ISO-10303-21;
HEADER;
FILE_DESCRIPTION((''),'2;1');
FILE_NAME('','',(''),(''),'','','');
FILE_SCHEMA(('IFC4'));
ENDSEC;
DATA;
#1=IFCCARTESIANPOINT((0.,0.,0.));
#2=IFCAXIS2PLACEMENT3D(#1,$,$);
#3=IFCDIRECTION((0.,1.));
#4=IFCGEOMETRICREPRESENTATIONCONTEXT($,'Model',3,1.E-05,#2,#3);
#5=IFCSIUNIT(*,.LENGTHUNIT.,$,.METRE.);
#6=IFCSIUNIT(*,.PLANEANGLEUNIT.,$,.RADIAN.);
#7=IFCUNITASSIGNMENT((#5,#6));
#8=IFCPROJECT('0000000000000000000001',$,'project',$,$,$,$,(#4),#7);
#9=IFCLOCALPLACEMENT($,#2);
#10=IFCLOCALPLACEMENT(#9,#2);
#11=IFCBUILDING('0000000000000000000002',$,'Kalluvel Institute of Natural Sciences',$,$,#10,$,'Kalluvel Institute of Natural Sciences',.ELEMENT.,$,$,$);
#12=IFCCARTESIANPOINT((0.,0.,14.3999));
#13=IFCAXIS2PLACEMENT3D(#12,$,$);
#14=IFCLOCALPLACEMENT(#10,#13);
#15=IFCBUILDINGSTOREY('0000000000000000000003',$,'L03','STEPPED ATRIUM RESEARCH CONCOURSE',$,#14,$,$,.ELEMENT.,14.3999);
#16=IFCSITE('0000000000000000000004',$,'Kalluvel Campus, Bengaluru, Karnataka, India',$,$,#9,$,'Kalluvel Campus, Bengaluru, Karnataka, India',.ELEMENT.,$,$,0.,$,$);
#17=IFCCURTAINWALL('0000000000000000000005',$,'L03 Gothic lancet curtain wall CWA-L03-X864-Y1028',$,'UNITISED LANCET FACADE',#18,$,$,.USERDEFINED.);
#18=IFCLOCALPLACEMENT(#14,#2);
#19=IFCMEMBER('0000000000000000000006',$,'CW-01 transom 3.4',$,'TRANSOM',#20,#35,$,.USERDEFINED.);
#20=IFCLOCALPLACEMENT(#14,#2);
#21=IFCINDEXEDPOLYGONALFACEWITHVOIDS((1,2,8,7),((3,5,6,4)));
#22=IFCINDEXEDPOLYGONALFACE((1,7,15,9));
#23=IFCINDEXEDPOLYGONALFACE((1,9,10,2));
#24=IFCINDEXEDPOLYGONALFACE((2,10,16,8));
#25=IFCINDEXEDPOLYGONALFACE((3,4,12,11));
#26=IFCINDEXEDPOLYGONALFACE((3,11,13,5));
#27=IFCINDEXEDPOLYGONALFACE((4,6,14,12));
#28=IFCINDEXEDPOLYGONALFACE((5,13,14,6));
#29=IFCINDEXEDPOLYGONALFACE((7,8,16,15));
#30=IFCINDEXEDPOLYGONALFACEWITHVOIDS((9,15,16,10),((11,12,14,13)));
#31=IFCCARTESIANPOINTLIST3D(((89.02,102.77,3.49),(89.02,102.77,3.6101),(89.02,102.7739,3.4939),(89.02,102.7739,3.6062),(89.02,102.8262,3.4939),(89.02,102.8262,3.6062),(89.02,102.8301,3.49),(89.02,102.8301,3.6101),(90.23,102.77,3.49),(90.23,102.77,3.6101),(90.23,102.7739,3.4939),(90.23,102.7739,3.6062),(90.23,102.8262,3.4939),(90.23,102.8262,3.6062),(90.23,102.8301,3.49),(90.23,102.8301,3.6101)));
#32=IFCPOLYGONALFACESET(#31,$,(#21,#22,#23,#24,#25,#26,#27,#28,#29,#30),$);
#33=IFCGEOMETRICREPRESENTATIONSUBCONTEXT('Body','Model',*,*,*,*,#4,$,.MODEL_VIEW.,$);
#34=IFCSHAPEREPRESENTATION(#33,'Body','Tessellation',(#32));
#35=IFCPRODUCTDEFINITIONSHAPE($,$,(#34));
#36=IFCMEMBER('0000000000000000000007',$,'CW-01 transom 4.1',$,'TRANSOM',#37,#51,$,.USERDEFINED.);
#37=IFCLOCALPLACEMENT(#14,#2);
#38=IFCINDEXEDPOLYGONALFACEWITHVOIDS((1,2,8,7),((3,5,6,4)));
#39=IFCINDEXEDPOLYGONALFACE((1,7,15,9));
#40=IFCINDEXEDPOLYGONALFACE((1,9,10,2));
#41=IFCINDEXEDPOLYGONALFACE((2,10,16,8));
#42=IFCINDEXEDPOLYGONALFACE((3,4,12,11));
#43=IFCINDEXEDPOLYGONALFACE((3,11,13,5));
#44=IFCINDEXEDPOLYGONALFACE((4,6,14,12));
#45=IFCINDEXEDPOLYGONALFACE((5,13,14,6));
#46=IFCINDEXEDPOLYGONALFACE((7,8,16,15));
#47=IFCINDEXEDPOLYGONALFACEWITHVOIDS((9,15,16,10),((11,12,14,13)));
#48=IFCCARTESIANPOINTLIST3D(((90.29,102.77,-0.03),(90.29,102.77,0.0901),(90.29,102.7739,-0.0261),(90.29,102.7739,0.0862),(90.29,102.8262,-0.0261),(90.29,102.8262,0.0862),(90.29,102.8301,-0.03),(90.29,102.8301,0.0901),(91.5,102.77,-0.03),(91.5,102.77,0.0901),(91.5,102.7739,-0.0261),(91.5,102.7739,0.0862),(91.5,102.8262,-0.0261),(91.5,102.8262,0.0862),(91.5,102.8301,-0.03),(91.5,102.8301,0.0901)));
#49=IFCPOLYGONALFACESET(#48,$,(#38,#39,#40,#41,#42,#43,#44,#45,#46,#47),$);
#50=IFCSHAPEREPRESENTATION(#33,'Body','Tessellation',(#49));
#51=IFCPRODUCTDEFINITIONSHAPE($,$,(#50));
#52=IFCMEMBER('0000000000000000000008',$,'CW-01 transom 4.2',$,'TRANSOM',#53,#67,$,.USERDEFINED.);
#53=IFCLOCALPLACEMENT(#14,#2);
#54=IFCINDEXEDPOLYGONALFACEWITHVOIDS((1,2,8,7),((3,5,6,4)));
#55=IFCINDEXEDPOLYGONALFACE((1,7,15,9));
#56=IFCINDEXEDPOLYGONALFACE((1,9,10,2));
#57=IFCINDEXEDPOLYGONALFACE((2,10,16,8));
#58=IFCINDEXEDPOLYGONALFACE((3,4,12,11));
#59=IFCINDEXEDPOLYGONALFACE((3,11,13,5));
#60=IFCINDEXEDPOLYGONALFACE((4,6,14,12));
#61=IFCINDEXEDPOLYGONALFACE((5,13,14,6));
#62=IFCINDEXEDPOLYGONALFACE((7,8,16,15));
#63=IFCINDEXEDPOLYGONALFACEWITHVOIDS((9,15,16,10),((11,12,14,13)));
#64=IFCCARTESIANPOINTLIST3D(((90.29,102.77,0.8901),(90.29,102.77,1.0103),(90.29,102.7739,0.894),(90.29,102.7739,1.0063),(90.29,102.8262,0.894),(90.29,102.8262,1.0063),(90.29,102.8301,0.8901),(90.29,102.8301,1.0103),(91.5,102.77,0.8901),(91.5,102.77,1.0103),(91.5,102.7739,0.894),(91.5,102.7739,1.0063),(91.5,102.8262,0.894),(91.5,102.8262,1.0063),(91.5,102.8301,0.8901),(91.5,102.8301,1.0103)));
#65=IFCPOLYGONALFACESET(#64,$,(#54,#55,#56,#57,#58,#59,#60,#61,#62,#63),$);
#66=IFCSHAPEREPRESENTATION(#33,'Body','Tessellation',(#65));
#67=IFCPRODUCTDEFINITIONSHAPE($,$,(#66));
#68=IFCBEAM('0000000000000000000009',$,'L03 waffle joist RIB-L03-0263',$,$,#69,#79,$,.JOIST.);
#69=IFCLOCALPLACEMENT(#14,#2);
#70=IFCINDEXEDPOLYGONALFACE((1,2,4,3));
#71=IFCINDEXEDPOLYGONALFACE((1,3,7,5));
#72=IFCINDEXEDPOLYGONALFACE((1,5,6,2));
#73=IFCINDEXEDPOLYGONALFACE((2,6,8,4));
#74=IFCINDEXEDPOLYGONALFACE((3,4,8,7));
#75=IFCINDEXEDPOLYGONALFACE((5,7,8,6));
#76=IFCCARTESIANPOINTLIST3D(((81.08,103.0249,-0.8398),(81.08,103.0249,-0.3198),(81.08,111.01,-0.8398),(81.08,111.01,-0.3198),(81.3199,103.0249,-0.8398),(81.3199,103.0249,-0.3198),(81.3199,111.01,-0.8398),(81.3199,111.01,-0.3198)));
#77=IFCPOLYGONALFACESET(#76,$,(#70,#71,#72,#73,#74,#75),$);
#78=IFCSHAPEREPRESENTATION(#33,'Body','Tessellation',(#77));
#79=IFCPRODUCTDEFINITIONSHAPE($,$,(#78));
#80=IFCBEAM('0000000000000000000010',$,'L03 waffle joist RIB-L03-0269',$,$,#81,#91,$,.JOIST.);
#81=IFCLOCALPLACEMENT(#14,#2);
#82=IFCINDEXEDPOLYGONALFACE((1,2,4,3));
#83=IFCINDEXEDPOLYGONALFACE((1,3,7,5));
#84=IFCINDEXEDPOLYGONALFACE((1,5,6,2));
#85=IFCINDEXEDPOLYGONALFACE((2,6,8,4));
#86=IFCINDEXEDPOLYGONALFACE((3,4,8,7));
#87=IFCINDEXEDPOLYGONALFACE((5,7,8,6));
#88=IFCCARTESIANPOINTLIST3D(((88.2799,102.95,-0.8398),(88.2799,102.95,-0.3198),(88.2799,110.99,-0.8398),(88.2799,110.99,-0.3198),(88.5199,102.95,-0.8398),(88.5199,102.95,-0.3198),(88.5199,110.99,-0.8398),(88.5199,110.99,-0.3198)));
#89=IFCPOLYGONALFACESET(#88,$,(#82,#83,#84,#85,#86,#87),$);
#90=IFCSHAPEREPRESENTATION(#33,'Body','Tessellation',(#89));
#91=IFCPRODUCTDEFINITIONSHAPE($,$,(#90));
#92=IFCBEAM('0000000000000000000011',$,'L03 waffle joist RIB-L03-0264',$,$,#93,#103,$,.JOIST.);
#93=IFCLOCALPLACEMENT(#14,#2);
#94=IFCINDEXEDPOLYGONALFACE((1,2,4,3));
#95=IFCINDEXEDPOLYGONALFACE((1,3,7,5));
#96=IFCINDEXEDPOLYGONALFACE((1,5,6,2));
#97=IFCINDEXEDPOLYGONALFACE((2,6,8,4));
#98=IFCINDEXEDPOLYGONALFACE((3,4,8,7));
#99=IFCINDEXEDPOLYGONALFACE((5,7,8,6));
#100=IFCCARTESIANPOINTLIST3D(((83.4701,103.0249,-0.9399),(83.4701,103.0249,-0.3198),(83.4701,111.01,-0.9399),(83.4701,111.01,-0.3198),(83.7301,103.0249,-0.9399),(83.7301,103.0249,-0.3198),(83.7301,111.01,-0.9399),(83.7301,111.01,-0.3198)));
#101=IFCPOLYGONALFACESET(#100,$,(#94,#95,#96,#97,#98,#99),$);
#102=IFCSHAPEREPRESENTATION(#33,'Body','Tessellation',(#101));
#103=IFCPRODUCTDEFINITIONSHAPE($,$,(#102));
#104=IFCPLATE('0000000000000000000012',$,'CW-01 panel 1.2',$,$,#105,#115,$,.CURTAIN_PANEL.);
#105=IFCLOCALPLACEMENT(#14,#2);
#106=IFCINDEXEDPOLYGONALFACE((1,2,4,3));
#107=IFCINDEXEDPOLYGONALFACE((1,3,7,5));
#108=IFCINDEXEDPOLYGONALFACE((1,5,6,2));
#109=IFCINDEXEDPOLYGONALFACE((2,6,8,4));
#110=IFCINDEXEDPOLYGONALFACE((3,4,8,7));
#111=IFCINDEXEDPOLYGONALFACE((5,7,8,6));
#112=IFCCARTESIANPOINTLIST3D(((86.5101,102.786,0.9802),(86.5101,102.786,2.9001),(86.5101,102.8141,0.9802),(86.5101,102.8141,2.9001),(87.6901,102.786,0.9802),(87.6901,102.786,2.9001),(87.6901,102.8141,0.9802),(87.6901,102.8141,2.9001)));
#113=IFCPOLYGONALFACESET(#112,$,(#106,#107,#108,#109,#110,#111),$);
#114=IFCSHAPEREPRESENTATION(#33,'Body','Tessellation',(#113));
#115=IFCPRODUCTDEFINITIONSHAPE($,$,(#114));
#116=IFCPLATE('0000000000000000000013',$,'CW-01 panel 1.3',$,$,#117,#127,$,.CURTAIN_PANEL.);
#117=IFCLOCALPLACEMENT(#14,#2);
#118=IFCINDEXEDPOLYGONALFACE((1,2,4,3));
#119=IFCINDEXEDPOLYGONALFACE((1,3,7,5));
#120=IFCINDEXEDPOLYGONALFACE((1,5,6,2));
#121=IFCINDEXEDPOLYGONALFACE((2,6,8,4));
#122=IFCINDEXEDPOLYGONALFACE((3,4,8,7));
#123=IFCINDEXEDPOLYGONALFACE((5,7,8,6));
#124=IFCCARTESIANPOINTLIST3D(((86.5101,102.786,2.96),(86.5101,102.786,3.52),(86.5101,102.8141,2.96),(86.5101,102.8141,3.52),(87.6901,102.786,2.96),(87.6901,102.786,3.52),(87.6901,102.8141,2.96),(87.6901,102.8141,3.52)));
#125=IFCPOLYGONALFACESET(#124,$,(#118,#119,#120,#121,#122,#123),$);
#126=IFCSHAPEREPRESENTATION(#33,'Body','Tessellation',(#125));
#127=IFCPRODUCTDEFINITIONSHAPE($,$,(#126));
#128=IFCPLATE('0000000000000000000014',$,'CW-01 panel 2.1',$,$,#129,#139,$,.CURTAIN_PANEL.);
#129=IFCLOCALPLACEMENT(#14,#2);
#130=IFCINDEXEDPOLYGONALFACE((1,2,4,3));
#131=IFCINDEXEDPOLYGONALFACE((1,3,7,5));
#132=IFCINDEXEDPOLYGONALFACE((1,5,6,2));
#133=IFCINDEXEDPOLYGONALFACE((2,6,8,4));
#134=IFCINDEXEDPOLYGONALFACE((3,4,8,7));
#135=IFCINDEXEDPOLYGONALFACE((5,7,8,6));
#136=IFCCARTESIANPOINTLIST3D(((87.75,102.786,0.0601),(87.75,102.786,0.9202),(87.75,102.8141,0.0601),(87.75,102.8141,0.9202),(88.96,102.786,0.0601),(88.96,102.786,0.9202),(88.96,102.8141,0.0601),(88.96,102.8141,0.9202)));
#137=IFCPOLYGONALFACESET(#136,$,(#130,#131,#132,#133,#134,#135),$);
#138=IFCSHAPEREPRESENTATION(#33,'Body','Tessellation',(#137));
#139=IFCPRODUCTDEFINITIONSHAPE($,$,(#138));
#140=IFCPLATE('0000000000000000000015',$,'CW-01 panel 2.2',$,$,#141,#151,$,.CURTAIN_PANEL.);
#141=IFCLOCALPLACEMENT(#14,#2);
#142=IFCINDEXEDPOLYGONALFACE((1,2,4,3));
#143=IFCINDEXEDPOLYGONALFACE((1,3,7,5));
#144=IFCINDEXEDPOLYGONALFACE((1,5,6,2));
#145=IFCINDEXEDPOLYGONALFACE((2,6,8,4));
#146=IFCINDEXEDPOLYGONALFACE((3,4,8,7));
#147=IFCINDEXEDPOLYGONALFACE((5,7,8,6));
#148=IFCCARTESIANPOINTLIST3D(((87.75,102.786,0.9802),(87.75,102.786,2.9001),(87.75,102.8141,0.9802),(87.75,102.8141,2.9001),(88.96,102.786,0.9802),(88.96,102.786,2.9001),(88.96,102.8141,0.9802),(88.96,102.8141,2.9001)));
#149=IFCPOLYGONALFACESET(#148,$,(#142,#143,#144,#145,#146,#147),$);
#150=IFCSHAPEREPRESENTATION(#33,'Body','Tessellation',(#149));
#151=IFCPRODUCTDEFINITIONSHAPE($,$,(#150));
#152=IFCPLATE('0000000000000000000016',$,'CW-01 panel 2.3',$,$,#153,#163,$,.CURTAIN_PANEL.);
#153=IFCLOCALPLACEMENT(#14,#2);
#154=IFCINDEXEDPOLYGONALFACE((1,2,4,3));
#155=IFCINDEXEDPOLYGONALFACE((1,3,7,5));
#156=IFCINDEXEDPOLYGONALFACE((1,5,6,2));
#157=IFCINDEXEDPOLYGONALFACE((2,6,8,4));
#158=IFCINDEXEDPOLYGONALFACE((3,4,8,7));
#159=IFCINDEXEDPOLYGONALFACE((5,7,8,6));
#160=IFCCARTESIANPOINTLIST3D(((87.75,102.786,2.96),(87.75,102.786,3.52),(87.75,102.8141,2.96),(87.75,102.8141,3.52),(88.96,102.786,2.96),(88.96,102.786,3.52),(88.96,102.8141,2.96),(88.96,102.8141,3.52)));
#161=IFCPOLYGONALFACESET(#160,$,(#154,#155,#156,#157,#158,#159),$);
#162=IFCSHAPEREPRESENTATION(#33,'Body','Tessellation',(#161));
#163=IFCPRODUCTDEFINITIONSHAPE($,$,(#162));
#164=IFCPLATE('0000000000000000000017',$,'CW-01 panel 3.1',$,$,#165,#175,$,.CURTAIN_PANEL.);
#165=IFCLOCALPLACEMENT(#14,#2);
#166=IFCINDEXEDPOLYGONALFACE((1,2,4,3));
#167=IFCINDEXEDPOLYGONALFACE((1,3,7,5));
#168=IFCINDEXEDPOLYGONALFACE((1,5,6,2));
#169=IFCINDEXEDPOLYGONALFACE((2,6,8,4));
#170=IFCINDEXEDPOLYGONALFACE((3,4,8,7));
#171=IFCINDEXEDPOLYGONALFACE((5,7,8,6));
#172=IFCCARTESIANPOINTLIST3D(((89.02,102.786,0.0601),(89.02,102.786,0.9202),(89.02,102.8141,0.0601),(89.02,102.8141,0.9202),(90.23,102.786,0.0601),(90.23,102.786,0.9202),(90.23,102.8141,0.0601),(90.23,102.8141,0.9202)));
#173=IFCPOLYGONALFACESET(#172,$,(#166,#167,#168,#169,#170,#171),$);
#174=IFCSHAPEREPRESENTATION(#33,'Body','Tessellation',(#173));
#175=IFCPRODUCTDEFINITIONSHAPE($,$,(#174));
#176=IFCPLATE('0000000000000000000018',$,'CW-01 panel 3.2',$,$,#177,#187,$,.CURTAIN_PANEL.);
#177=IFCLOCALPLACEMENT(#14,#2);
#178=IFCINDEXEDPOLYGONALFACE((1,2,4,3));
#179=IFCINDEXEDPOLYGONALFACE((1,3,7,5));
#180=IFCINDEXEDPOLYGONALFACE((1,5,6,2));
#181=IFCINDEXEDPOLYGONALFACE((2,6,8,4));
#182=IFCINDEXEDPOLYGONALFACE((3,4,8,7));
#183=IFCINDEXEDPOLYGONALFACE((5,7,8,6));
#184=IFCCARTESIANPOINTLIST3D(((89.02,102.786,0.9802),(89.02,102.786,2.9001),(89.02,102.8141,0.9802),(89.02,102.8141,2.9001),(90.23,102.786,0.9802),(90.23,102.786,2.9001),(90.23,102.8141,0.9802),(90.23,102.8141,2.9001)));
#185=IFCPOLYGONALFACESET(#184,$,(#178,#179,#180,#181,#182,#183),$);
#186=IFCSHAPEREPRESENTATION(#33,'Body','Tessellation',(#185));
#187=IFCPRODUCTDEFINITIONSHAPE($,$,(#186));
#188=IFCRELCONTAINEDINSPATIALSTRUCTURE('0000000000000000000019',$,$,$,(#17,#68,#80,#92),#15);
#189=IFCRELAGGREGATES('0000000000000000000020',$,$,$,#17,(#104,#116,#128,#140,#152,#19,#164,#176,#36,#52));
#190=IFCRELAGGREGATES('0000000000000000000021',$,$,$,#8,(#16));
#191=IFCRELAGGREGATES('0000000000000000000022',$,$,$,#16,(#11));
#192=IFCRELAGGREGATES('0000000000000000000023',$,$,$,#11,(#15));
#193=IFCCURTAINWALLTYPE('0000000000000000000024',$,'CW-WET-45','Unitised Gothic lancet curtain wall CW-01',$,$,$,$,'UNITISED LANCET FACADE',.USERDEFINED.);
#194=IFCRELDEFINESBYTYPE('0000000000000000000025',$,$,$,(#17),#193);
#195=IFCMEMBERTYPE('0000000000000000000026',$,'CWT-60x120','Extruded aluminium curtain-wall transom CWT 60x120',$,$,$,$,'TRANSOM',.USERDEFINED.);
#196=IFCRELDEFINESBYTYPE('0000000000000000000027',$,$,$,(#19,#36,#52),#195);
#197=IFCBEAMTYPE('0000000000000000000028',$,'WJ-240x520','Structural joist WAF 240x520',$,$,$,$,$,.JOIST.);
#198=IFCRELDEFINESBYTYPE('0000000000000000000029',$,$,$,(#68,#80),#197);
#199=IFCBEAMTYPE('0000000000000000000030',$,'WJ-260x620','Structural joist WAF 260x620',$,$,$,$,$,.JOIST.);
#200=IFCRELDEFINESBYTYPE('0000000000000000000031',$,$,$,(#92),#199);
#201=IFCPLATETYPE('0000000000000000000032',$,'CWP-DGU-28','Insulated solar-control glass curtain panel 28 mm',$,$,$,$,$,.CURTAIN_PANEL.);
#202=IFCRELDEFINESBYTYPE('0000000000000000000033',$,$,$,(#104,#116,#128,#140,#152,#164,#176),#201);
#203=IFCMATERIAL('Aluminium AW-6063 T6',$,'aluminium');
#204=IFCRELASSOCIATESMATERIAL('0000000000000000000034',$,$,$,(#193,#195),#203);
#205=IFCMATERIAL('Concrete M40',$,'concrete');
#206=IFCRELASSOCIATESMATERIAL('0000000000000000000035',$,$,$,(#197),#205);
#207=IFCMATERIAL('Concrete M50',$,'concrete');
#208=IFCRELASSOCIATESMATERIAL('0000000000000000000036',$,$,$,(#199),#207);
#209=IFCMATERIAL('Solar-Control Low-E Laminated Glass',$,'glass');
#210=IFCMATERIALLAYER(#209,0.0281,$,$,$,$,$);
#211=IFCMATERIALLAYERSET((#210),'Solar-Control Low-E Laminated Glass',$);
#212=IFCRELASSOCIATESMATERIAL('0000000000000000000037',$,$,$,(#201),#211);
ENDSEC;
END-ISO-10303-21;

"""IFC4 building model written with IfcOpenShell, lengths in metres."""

from ifc_helpers import new_model, si_unit, direction, frame, origin, origin_2d, place, context, subcontext, project, spatial, rectangle, hollow_rectangle, extrude, material, layer, layer_set, material_profile, profile_set, type_object, element, aggregate, save


model = new_model("IFC4")

# Units and contexts
model_context = context("Model", 3, precision=1e-05, world=origin(), true_north=direction((0.0, 1.0)))
body_context = subcontext(model_context, "Body", "Model", "MODEL_VIEW")
ifc_project = project(units=[si_unit("LENGTHUNIT", "METRE"), si_unit("PLANEANGLEUNIT", "RADIAN")], contexts=[model_context])

# Site, building, storey
site_placement = place(None, origin())
site = spatial("IfcSite", under=ifc_project, at=site_placement, Name="Kalluvel Campus, Bengaluru, Karnataka, India", LongName="Kalluvel Campus, Bengaluru, Karnataka, India", CompositionType="ELEMENT", RefElevation=0.0)
building_placement = place(site_placement, origin())
building = spatial("IfcBuilding", under=site, at=building_placement, Name="Kalluvel Institute of Natural Sciences", LongName="Kalluvel Institute of Natural Sciences", CompositionType="ELEMENT")
storey_placement = place(building_placement, frame((0.0, 0.0, 14.3999)))
storey = spatial("IfcBuildingStorey", under=building, at=storey_placement, Name="L03", Description="STEPPED ATRIUM RESEARCH CONCOURSE", CompositionType="ELEMENT", Elevation=14.3999)

# Shared definitions
ifc_material_1 = material(Name="Concrete M50", Category="concrete")

# Curtain wall, members
ifc_material_2 = material(Name="Aluminium AW-6063 T6", Category="aluminium")
curtain_wall_type = type_object("IfcCurtainWallType", Name="CW-WET-45", Description="Unitised Gothic lancet curtain wall CW-01", ElementType="UNITISED LANCET FACADE", PredefinedType="USERDEFINED", material=ifc_material_2)
curtain_wall_placement = place(storey_placement, origin())
curtain_wall = element("IfcCurtainWall", 1, at=curtain_wall_placement, inside=storey, type_object=curtain_wall_type, Name="L03 Gothic lancet curtain wall CWA-L03-X864-Y1028", ObjectType="UNITISED LANCET FACADE", PredefinedType="USERDEFINED")
ifc_material_profile_1 = material_profile(ifc_material_2, hollow_rectangle(XDim=0.0601, YDim=0.1201, WallThickness=0.0039, at=origin_2d()), Name="CWT 60x120")
ifc_profile_set_1 = profile_set([ifc_material_profile_1], Name="Aluminium AW-6063 T6")
member_type_1 = type_object("IfcMemberType", Name="CWT-60x120", Description="Extruded aluminium curtain-wall transom CWT 60x120", ElementType="TRANSOM", PredefinedType="USERDEFINED", material=ifc_profile_set_1)
member_1_placement = place(storey_placement, frame((89.02, 102.8, 3.55), z_axis=(1.0, 0.0, 0.0), x_axis=(0.0, 1.0, 0.0)))
member_1 = element("IfcMember", 2, at=member_1_placement, type_object=member_type_1, Name="CW-01 transom 3.4", ObjectType="TRANSOM", PredefinedType="USERDEFINED", context=body_context, shape_type="SweptSolid", body=[
    extrude(hollow_rectangle(XDim=0.0601, YDim=0.1201, WallThickness=0.0039, at=origin_2d()), origin(), (0.0, 0.0, 1.0), 1.21),
])
member_2_placement = place(storey_placement, frame((90.29, 102.8, 0.03), z_axis=(1.0, 0.0, 0.0), x_axis=(0.0, 1.0, 0.0)))
member_2 = element("IfcMember", 3, at=member_2_placement, type_object=member_type_1, Name="CW-01 transom 4.1", ObjectType="TRANSOM", PredefinedType="USERDEFINED", context=body_context, shape_type="SweptSolid", body=[
    extrude(hollow_rectangle(XDim=0.0601, YDim=0.1201, WallThickness=0.0039, at=origin_2d()), origin(), (0.0, 0.0, 1.0), 1.21),
])
member_3_placement = place(storey_placement, frame((90.29, 102.8, 0.9502), z_axis=(1.0, 0.0, 0.0), x_axis=(0.0, 1.0, 0.0)))
member_3 = element("IfcMember", 4, at=member_3_placement, type_object=member_type_1, Name="CW-01 transom 4.2", ObjectType="TRANSOM", PredefinedType="USERDEFINED", context=body_context, shape_type="SweptSolid", body=[
    extrude(hollow_rectangle(XDim=0.0601, YDim=0.1201, WallThickness=0.0039, at=origin_2d()), origin(), (0.0, 0.0, 1.0), 1.21),
])

# Beams
ifc_material_3 = material(Name="Concrete M40", Category="concrete")
ifc_material_profile_2 = material_profile(ifc_material_3, rectangle(XDim=0.24, YDim=0.52, at=origin_2d()), Name="WAF 240x520")
ifc_profile_set_2 = profile_set([ifc_material_profile_2], Name="Concrete M40")
beam_type_1 = type_object("IfcBeamType", Name="WJ-240x520", Description="Structural joist WAF 240x520", PredefinedType="JOIST", material=ifc_profile_set_2)
beam_1_placement = place(storey_placement, frame((81.2, 103.0249, -0.5798), z_axis=(0.0, 1.0, 0.0), x_axis=(-1.0, 0.0, 0.0)))
element("IfcBeam", 5, at=beam_1_placement, inside=storey, type_object=beam_type_1, Name="L03 waffle joist RIB-L03-0263", PredefinedType="JOIST", context=body_context, shape_type="SweptSolid", body=[
    extrude(rectangle(XDim=0.24, YDim=0.52, at=origin_2d()), origin(), (0.0, 0.0, 1.0), 7.9851),
])
beam_2_placement = place(storey_placement, frame((88.3999, 102.95, -0.5798), z_axis=(0.0, 1.0, 0.0), x_axis=(-1.0, 0.0, 0.0)))
element("IfcBeam", 6, at=beam_2_placement, inside=storey, type_object=beam_type_1, Name="L03 waffle joist RIB-L03-0269", PredefinedType="JOIST", context=body_context, shape_type="SweptSolid", body=[
    extrude(rectangle(XDim=0.24, YDim=0.52, at=origin_2d()), origin(), (0.0, 0.0, 1.0), 8.04),
])
ifc_material_profile_3 = material_profile(ifc_material_1, rectangle(XDim=0.26, YDim=0.6201, at=origin_2d()), Name="WAF 260x620")
ifc_profile_set_3 = profile_set([ifc_material_profile_3], Name="Concrete M50")
beam_type_2 = type_object("IfcBeamType", Name="WJ-260x620", Description="Structural joist WAF 260x620", PredefinedType="JOIST", material=ifc_profile_set_3)
beam_3_placement = place(storey_placement, frame((83.6001, 103.0249, -0.6299), z_axis=(0.0, 1.0, 0.0), x_axis=(-1.0, 0.0, 0.0)))
element("IfcBeam", 7, at=beam_3_placement, inside=storey, type_object=beam_type_2, Name="L03 waffle joist RIB-L03-0264", PredefinedType="JOIST", context=body_context, shape_type="SweptSolid", body=[
    extrude(rectangle(XDim=0.26, YDim=0.6201, at=origin_2d()), origin(), (0.0, 0.0, 1.0), 7.9851),
])

# Plates
ifc_material_4 = material(Name="Solar-Control Low-E Laminated Glass", Category="glass")
ifc_layer = layer(ifc_material_4, 0.0281)
ifc_layer_set = layer_set([ifc_layer], Name="Solar-Control Low-E Laminated Glass")
plate_type = type_object("IfcPlateType", Name="CWP-DGU-28", Description="Insulated solar-control glass curtain panel 28 mm", PredefinedType="CURTAIN_PANEL", material=ifc_layer_set)
plate_1_placement = place(storey_placement, frame((87.1001, 102.8, 0.9802), z_axis=(0.0, 0.0, 1.0), x_axis=(1.0, 0.0, 0.0)))
plate_1 = element("IfcPlate", 8, at=plate_1_placement, type_object=plate_type, Name="CW-01 panel 1.2", PredefinedType="CURTAIN_PANEL", context=body_context, shape_type="SweptSolid", body=[
    extrude(rectangle(XDim=1.1799, YDim=0.0281, at=origin_2d()), origin(), (0.0, 0.0, 1.0), 1.9199),
])
plate_2_placement = place(storey_placement, frame((87.1001, 102.8, 2.96), z_axis=(0.0, 0.0, 1.0), x_axis=(1.0, 0.0, 0.0)))
plate_2 = element("IfcPlate", 9, at=plate_2_placement, type_object=plate_type, Name="CW-01 panel 1.3", PredefinedType="CURTAIN_PANEL", context=body_context, shape_type="SweptSolid", body=[
    extrude(rectangle(XDim=1.1799, YDim=0.0281, at=origin_2d()), origin(), (0.0, 0.0, 1.0), 0.5601),
])
plate_3_placement = place(storey_placement, frame((88.355, 102.8, 0.0601), z_axis=(0.0, 0.0, 1.0), x_axis=(1.0, 0.0, 0.0)))
plate_3 = element("IfcPlate", 10, at=plate_3_placement, type_object=plate_type, Name="CW-01 panel 2.1", PredefinedType="CURTAIN_PANEL", context=body_context, shape_type="SweptSolid", body=[
    extrude(rectangle(XDim=1.21, YDim=0.0281, at=origin_2d()), origin(), (0.0, 0.0, 1.0), 0.8601),
])
plate_4_placement = place(storey_placement, frame((88.355, 102.8, 0.9802), z_axis=(0.0, 0.0, 1.0), x_axis=(1.0, 0.0, 0.0)))
plate_4 = element("IfcPlate", 11, at=plate_4_placement, type_object=plate_type, Name="CW-01 panel 2.2", PredefinedType="CURTAIN_PANEL", context=body_context, shape_type="SweptSolid", body=[
    extrude(rectangle(XDim=1.21, YDim=0.0281, at=origin_2d()), origin(), (0.0, 0.0, 1.0), 1.9199),
])
plate_5_placement = place(storey_placement, frame((88.355, 102.8, 2.96), z_axis=(0.0, 0.0, 1.0), x_axis=(1.0, 0.0, 0.0)))
plate_5 = element("IfcPlate", 12, at=plate_5_placement, type_object=plate_type, Name="CW-01 panel 2.3", PredefinedType="CURTAIN_PANEL", context=body_context, shape_type="SweptSolid", body=[
    extrude(rectangle(XDim=1.21, YDim=0.0281, at=origin_2d()), origin(), (0.0, 0.0, 1.0), 0.5601),
])
plate_6_placement = place(storey_placement, frame((89.625, 102.8, 0.0601), z_axis=(0.0, 0.0, 1.0), x_axis=(1.0, 0.0, 0.0)))
plate_6 = element("IfcPlate", 13, at=plate_6_placement, type_object=plate_type, Name="CW-01 panel 3.1", PredefinedType="CURTAIN_PANEL", context=body_context, shape_type="SweptSolid", body=[
    extrude(rectangle(XDim=1.21, YDim=0.0281, at=origin_2d()), origin(), (0.0, 0.0, 1.0), 0.8601),
])
plate_7_placement = place(storey_placement, frame((89.625, 102.8, 0.9802), z_axis=(0.0, 0.0, 1.0), x_axis=(1.0, 0.0, 0.0)))
plate_7 = element("IfcPlate", 14, at=plate_7_placement, type_object=plate_type, Name="CW-01 panel 3.2", PredefinedType="CURTAIN_PANEL", context=body_context, shape_type="SweptSolid", body=[
    extrude(rectangle(XDim=1.21, YDim=0.0281, at=origin_2d()), origin(), (0.0, 0.0, 1.0), 1.9199),
])
aggregate(curtain_wall, [plate_1, plate_2, plate_3, plate_4, plate_5, member_1, plate_6, plate_7, member_2, member_3])

save(model, "model.ifc")
